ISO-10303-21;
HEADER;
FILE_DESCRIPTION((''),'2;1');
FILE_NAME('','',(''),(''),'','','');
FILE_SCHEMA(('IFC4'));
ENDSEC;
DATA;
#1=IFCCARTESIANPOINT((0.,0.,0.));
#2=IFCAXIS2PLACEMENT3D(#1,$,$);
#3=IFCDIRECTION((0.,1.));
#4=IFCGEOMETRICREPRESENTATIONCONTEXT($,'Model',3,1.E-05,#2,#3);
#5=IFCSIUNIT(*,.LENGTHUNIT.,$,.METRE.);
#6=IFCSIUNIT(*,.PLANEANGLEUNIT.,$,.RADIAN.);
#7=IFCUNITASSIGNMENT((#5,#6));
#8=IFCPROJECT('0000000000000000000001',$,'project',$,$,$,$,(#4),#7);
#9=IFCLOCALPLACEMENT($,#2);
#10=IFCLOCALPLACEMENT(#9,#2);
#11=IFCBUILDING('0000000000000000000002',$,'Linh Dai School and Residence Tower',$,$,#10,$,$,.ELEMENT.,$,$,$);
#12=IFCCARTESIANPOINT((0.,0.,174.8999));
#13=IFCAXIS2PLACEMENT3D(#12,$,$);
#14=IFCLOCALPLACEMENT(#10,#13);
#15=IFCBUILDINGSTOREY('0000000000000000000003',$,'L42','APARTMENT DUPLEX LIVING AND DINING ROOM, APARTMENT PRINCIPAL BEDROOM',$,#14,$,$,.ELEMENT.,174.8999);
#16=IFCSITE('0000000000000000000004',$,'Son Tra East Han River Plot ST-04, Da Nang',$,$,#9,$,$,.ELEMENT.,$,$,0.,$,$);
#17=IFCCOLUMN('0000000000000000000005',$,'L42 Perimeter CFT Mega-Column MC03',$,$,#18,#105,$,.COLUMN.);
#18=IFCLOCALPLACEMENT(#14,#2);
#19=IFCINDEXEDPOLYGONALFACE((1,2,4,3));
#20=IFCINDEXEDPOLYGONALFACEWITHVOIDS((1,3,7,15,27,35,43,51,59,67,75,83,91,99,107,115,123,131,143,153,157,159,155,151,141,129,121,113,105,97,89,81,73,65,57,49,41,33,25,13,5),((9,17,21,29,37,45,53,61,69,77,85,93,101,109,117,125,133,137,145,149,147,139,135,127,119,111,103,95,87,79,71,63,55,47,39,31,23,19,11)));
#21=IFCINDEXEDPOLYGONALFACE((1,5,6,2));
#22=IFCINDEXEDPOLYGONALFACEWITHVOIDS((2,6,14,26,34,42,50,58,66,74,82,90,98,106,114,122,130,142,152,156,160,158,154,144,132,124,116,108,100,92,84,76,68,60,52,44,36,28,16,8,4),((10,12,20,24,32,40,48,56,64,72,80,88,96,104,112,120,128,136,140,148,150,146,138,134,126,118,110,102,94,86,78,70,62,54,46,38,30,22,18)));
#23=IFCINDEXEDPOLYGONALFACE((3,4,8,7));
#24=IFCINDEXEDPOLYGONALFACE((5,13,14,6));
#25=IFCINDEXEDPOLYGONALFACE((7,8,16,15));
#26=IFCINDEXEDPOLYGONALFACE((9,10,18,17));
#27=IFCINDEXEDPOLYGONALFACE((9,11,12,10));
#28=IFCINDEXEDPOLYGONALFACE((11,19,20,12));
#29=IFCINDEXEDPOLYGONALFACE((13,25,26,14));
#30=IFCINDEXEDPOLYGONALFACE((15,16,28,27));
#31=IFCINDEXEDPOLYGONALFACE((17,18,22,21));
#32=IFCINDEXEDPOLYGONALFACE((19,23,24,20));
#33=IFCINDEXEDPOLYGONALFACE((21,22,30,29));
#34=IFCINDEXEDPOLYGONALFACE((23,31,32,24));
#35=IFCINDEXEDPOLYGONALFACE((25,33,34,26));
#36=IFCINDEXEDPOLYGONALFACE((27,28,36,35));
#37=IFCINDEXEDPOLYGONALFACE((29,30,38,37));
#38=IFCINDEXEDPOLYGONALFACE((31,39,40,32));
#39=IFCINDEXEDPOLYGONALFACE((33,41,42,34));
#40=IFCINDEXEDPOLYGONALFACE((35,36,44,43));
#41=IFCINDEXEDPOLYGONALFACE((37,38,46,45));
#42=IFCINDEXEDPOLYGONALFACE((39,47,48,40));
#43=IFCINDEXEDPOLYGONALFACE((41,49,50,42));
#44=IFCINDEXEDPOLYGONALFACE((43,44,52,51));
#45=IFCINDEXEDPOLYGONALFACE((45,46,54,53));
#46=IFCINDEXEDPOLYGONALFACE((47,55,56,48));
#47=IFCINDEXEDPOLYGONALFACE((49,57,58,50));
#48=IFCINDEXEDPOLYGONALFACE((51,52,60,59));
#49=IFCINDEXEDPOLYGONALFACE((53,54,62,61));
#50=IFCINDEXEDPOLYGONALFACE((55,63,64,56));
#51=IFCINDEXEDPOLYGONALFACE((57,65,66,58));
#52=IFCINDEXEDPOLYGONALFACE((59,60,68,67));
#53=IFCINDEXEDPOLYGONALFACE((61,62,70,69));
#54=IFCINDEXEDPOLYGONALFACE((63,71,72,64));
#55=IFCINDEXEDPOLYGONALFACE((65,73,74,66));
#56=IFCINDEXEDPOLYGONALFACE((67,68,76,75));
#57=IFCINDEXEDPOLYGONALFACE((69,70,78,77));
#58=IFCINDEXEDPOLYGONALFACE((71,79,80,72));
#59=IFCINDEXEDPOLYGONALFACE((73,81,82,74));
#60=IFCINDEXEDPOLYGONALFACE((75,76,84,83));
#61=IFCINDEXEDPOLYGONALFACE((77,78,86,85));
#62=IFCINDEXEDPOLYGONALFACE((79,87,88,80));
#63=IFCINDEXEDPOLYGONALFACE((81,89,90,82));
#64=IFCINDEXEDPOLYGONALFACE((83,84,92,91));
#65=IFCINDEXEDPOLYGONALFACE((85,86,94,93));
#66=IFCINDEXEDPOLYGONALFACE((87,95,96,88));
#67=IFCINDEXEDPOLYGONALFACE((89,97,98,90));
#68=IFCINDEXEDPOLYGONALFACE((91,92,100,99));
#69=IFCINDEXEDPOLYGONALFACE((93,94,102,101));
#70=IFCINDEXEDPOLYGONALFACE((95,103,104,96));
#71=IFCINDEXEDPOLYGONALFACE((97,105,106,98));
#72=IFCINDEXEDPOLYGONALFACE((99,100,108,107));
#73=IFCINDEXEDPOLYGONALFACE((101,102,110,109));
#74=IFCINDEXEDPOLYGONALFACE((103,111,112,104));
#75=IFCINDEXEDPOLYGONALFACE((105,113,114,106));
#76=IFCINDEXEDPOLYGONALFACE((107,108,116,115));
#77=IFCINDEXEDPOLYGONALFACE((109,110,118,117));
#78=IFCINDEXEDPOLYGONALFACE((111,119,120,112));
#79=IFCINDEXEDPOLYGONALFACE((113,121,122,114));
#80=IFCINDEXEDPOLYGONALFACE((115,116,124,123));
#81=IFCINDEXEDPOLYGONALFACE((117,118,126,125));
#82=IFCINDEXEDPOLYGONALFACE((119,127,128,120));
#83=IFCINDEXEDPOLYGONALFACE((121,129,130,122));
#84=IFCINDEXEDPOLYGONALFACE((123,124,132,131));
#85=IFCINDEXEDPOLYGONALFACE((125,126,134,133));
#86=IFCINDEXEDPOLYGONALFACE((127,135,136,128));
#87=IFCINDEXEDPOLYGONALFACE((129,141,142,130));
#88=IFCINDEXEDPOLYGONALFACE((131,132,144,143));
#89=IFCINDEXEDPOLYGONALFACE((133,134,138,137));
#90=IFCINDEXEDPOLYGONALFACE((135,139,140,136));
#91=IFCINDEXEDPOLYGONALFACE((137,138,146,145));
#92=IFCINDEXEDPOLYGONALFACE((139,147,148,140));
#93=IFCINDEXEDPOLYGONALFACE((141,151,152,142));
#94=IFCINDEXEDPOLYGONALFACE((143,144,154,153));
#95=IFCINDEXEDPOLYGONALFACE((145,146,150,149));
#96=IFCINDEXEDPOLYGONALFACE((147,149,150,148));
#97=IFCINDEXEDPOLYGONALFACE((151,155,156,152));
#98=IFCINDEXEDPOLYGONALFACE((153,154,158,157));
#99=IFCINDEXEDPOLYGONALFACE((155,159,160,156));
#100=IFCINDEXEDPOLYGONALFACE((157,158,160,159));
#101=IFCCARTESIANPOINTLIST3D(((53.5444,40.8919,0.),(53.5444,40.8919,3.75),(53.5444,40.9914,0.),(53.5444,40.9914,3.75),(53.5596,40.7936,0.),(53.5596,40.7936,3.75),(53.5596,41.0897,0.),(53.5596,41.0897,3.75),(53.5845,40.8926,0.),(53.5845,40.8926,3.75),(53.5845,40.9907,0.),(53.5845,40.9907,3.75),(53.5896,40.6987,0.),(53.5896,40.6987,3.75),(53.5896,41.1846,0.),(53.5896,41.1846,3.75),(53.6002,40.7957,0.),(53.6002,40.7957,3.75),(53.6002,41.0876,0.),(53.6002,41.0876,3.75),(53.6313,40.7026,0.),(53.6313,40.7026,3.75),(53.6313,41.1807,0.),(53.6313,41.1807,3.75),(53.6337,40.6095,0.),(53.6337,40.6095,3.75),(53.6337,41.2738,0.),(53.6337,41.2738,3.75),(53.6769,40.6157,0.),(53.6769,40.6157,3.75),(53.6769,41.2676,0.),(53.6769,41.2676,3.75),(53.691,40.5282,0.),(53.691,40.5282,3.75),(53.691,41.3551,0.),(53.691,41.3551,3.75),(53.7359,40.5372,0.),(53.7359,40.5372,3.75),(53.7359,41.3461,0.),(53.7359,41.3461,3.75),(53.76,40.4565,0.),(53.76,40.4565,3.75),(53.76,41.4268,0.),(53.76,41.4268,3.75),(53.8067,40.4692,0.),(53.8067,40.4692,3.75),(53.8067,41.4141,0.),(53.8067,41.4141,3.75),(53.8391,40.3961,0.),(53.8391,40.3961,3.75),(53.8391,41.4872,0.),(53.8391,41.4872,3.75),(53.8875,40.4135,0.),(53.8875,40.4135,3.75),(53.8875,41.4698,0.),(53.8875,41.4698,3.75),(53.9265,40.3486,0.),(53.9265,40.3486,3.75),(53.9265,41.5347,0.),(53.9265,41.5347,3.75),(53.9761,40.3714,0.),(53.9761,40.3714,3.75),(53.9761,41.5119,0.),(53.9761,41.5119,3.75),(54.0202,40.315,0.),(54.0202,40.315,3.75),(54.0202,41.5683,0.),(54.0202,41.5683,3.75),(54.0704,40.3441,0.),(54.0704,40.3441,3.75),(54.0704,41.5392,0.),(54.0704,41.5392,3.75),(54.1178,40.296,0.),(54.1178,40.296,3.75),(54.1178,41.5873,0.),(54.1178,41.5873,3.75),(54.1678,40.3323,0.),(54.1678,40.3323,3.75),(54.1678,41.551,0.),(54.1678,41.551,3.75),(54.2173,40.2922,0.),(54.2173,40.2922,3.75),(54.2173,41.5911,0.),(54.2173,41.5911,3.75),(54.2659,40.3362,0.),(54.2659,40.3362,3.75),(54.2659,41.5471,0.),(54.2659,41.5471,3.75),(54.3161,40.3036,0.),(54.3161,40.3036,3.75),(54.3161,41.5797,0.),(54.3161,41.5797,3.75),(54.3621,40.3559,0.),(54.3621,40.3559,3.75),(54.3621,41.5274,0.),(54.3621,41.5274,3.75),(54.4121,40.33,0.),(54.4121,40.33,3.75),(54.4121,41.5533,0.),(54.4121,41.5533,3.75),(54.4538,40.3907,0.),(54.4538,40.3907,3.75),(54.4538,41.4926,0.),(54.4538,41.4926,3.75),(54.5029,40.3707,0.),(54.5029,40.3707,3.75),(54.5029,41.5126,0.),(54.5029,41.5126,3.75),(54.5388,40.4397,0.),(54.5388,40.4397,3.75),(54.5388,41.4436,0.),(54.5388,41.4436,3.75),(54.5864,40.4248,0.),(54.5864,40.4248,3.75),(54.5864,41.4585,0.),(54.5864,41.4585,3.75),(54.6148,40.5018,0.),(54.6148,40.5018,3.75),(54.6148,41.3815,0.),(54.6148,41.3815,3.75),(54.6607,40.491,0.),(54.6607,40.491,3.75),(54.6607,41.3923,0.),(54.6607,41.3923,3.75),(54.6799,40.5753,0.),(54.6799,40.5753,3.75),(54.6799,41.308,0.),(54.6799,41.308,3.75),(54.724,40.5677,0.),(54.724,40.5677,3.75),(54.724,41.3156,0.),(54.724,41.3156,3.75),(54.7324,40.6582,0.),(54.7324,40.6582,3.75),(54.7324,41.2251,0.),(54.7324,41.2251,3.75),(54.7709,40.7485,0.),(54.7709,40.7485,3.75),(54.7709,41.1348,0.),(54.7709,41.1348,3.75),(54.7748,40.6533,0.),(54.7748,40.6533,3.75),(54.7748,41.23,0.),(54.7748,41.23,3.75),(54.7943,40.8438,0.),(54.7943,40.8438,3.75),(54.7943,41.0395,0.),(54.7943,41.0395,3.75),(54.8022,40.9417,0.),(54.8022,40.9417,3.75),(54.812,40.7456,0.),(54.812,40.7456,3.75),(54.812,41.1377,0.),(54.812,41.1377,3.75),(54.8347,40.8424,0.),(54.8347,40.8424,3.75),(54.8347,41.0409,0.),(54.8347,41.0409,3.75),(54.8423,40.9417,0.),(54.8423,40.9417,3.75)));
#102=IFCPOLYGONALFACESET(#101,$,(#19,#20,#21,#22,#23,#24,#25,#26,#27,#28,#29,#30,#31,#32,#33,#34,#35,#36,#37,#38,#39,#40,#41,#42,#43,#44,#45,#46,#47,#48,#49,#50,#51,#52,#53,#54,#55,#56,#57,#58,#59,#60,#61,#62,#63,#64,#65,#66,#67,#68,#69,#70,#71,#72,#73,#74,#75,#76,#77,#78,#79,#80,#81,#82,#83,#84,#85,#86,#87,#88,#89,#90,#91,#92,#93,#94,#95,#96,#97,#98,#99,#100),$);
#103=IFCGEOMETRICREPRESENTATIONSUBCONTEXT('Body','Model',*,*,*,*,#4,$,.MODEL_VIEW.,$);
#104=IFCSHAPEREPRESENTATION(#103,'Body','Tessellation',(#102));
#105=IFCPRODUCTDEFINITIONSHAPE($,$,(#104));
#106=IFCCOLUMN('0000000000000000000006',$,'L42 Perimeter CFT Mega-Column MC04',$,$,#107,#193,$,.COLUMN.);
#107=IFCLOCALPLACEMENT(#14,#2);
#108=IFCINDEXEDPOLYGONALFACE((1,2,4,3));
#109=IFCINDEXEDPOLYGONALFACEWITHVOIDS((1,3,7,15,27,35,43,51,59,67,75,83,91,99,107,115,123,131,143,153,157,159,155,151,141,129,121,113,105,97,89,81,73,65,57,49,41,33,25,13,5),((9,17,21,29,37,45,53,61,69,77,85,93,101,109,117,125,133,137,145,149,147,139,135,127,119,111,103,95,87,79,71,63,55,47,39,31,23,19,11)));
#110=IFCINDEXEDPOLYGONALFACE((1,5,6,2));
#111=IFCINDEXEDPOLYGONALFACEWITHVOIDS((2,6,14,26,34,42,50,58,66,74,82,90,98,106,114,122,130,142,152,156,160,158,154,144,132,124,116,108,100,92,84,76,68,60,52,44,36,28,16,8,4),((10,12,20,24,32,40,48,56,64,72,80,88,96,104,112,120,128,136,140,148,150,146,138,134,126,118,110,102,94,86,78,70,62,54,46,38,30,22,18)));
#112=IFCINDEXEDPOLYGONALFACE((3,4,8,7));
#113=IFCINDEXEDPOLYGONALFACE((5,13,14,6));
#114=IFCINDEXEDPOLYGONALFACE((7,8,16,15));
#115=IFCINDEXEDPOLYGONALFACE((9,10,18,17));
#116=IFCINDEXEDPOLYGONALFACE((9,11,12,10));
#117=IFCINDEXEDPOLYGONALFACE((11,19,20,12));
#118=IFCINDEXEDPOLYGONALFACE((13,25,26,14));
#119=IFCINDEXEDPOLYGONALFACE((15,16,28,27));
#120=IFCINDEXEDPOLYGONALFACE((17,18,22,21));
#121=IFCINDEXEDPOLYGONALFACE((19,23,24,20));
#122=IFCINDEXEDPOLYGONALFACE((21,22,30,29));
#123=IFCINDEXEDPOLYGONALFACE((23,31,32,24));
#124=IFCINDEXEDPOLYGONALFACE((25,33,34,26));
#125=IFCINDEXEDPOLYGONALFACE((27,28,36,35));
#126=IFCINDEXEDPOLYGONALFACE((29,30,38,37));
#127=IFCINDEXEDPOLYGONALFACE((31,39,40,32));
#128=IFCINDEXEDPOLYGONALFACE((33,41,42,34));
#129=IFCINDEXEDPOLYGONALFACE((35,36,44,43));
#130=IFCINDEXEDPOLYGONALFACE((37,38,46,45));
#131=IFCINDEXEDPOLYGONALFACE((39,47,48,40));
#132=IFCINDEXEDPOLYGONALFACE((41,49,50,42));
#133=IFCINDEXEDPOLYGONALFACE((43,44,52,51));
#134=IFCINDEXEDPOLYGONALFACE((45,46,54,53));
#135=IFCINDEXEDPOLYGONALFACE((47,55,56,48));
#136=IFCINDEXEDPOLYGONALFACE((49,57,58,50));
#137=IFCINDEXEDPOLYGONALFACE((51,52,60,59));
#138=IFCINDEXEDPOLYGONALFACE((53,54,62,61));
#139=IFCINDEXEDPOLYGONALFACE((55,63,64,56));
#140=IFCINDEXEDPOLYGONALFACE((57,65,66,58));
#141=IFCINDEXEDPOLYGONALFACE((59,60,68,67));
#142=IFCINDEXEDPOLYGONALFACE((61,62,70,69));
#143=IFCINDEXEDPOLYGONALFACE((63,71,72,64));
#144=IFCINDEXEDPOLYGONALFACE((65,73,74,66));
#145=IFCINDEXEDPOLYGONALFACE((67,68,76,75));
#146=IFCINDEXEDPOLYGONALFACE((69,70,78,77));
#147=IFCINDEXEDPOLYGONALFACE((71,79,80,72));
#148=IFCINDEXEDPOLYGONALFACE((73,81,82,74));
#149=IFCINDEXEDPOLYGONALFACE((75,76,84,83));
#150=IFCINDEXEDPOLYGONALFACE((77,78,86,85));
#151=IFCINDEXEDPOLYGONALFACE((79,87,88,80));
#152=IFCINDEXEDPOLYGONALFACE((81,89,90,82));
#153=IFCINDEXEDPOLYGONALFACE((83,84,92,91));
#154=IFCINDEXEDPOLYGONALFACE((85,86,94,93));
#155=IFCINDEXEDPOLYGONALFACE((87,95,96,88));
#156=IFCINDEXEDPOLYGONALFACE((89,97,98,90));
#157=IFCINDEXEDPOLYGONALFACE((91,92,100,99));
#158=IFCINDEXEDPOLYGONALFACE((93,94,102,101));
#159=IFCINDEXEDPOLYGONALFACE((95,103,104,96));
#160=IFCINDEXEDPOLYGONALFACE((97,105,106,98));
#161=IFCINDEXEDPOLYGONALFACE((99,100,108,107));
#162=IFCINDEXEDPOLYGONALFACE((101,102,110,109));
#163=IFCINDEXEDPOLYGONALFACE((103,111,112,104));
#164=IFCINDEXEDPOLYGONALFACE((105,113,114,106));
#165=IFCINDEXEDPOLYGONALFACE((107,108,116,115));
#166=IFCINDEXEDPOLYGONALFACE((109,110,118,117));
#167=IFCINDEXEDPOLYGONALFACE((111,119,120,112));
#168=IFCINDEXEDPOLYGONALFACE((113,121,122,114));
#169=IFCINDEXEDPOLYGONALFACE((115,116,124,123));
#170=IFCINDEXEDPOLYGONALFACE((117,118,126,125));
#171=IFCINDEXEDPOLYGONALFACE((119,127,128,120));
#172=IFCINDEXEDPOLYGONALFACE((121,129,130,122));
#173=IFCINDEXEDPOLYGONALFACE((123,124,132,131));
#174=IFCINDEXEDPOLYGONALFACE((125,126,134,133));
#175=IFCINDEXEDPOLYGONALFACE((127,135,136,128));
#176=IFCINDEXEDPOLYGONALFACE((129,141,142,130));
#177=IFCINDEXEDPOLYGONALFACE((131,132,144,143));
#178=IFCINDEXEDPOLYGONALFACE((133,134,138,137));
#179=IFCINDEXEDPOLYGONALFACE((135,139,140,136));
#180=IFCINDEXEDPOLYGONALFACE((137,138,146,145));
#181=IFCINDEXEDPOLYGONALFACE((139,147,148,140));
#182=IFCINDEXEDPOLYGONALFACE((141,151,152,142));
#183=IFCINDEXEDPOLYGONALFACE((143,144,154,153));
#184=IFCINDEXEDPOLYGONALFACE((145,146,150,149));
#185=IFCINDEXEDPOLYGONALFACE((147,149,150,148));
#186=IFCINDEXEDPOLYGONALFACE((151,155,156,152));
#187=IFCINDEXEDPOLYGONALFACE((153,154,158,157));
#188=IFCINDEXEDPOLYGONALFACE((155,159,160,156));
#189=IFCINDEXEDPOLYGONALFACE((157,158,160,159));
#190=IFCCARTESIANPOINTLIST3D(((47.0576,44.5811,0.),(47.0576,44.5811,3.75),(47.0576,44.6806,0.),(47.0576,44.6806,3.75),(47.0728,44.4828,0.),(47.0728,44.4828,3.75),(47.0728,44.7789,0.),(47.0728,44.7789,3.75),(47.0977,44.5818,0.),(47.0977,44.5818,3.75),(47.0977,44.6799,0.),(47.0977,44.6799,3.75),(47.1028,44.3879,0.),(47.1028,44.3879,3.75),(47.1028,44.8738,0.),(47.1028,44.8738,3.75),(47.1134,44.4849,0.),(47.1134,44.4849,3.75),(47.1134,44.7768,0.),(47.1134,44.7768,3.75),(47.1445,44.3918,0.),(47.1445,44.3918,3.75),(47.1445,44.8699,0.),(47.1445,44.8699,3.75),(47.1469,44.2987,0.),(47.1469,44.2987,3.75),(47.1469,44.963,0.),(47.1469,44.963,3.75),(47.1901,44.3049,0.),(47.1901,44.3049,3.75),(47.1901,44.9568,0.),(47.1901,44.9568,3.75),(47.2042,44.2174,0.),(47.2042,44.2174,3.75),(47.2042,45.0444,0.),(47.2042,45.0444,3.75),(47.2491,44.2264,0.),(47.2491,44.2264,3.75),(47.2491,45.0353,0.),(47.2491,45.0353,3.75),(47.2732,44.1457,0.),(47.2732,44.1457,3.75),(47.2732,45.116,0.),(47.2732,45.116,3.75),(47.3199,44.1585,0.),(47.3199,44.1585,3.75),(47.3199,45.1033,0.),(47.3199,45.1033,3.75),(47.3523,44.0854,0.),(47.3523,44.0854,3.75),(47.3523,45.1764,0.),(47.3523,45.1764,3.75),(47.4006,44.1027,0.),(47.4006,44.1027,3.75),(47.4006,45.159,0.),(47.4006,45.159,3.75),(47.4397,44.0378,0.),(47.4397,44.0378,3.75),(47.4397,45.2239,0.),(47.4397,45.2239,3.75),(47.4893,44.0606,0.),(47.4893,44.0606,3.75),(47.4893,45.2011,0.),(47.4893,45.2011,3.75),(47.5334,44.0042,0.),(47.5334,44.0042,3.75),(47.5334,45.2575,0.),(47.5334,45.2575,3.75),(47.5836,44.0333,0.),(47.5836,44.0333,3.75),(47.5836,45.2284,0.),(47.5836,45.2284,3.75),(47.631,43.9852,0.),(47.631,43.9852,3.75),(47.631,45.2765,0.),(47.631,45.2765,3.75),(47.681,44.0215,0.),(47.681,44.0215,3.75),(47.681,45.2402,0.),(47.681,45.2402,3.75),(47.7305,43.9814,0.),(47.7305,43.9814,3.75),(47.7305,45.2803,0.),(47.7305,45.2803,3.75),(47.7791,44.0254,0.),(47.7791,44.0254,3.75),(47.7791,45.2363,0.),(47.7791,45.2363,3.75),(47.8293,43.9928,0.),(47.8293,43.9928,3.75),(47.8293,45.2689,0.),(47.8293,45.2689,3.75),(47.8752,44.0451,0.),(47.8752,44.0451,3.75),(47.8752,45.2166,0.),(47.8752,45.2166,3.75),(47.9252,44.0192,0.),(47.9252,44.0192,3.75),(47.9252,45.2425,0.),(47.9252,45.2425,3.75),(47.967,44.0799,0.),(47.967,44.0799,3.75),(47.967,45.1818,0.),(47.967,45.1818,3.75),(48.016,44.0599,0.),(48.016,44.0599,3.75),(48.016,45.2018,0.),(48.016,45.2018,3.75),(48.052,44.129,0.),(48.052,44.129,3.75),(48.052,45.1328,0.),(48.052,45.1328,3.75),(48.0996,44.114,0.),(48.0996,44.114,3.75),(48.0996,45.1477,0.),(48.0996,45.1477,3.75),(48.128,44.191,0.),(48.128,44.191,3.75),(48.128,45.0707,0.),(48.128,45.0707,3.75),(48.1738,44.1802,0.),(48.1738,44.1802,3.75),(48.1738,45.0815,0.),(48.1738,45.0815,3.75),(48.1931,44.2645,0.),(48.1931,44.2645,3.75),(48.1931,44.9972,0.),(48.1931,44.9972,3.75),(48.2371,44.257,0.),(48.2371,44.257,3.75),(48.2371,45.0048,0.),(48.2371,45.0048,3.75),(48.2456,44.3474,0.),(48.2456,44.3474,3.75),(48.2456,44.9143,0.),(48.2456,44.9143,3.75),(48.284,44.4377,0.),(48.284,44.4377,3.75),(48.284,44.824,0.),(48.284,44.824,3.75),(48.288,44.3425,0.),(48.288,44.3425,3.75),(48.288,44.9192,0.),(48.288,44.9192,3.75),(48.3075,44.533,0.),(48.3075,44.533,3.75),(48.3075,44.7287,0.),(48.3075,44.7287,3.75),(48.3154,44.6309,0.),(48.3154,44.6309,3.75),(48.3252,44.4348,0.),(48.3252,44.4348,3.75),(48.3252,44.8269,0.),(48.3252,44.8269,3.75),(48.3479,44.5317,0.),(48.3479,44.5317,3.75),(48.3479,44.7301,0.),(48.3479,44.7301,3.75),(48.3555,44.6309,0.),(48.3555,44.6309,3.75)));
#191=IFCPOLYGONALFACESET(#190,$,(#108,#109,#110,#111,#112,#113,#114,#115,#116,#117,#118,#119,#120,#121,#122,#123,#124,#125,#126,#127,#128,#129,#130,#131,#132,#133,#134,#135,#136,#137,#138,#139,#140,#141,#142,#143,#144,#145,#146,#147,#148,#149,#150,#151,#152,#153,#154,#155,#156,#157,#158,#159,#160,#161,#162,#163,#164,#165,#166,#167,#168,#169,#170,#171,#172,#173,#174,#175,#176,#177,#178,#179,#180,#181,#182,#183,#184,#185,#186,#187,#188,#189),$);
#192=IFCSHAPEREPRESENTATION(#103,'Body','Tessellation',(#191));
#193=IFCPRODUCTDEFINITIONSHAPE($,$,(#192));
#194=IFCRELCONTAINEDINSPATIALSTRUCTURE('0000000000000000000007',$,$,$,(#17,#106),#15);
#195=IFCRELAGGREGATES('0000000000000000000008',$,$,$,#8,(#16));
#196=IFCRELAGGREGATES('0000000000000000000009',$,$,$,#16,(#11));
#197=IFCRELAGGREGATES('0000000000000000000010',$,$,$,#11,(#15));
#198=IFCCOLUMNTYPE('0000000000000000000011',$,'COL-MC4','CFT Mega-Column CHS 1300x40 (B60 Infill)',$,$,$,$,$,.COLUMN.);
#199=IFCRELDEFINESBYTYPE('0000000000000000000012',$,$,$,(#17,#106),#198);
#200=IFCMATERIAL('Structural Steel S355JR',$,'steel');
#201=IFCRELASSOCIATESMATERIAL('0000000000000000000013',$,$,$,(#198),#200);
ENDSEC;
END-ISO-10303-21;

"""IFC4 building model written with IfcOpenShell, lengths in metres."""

from ifc_helpers import new_model, si_unit, direction, frame, origin, origin_2d, place, context, subcontext, project, spatial, hollow_circle, extrude, material, material_profile, profile_set, type_object, element, save


model = new_model("IFC4")

# Units and contexts
model_context = context("Model", 3, precision=1e-05, world=origin(), true_north=direction((0.0, 1.0)))
body_context = subcontext(model_context, "Body", "Model", "MODEL_VIEW")
ifc_project = project(units=[si_unit("LENGTHUNIT", "METRE"), si_unit("PLANEANGLEUNIT", "RADIAN")], contexts=[model_context])

# Site, building, storey
site_placement = place(None, origin())
site = spatial("IfcSite", under=ifc_project, at=site_placement, Name="Son Tra East Han River Plot ST-04, Da Nang", CompositionType="ELEMENT", RefElevation=0.0)
building_placement = place(site_placement, origin())
building = spatial("IfcBuilding", under=site, at=building_placement, Name="Linh Dai School and Residence Tower", CompositionType="ELEMENT")
storey_placement = place(building_placement, frame((0.0, 0.0, 174.8999)))
storey = spatial("IfcBuildingStorey", under=building, at=storey_placement, Name="L42", Description="APARTMENT DUPLEX LIVING AND DINING ROOM, APARTMENT PRINCIPAL BEDROOM", CompositionType="ELEMENT", Elevation=174.8999)

# Columns
ifc_material_1 = material(Name="Structural Steel S355JR", Category="steel")
ifc_material_profile_1 = material_profile(ifc_material_1, hollow_circle(Radius=0.6499, WallThickness=0.04, at=origin_2d()), Name="CHS 1300x40")
ifc_profile_set_1 = profile_set([ifc_material_profile_1], Name="Structural Steel S355JR")
column_type = type_object("IfcColumnType", Name="COL-MC4", Description="CFT Mega-Column CHS 1300x40 (B60 Infill)", PredefinedType="COLUMN", material=ifc_profile_set_1)
for number, where, z_axis, x_axis, name in (
    (1, (54.1924, 40.9417, 0.0), (0.0, 0.0, 1.0), (1.0, 0.0, 0.0), "L42 Perimeter CFT Mega-Column MC03"),
    (2, (47.7056, 44.6309, 0.0), (0.0, 0.0, 1.0), (1.0, 0.0, 0.0), "L42 Perimeter CFT Mega-Column MC04"),
):
    element("IfcColumn", number, at=place(storey_placement, frame(where, z_axis=z_axis, x_axis=x_axis)), inside=storey, type_object=column_type, Name=name, PredefinedType="COLUMN", context=body_context, shape_type="SweptSolid", body=[
        extrude(hollow_circle(Radius=0.6499, WallThickness=0.04, at=origin_2d()), origin(), (0.0, 0.0, 1.0), 3.75),
    ])

save(model, "model.ifc")
